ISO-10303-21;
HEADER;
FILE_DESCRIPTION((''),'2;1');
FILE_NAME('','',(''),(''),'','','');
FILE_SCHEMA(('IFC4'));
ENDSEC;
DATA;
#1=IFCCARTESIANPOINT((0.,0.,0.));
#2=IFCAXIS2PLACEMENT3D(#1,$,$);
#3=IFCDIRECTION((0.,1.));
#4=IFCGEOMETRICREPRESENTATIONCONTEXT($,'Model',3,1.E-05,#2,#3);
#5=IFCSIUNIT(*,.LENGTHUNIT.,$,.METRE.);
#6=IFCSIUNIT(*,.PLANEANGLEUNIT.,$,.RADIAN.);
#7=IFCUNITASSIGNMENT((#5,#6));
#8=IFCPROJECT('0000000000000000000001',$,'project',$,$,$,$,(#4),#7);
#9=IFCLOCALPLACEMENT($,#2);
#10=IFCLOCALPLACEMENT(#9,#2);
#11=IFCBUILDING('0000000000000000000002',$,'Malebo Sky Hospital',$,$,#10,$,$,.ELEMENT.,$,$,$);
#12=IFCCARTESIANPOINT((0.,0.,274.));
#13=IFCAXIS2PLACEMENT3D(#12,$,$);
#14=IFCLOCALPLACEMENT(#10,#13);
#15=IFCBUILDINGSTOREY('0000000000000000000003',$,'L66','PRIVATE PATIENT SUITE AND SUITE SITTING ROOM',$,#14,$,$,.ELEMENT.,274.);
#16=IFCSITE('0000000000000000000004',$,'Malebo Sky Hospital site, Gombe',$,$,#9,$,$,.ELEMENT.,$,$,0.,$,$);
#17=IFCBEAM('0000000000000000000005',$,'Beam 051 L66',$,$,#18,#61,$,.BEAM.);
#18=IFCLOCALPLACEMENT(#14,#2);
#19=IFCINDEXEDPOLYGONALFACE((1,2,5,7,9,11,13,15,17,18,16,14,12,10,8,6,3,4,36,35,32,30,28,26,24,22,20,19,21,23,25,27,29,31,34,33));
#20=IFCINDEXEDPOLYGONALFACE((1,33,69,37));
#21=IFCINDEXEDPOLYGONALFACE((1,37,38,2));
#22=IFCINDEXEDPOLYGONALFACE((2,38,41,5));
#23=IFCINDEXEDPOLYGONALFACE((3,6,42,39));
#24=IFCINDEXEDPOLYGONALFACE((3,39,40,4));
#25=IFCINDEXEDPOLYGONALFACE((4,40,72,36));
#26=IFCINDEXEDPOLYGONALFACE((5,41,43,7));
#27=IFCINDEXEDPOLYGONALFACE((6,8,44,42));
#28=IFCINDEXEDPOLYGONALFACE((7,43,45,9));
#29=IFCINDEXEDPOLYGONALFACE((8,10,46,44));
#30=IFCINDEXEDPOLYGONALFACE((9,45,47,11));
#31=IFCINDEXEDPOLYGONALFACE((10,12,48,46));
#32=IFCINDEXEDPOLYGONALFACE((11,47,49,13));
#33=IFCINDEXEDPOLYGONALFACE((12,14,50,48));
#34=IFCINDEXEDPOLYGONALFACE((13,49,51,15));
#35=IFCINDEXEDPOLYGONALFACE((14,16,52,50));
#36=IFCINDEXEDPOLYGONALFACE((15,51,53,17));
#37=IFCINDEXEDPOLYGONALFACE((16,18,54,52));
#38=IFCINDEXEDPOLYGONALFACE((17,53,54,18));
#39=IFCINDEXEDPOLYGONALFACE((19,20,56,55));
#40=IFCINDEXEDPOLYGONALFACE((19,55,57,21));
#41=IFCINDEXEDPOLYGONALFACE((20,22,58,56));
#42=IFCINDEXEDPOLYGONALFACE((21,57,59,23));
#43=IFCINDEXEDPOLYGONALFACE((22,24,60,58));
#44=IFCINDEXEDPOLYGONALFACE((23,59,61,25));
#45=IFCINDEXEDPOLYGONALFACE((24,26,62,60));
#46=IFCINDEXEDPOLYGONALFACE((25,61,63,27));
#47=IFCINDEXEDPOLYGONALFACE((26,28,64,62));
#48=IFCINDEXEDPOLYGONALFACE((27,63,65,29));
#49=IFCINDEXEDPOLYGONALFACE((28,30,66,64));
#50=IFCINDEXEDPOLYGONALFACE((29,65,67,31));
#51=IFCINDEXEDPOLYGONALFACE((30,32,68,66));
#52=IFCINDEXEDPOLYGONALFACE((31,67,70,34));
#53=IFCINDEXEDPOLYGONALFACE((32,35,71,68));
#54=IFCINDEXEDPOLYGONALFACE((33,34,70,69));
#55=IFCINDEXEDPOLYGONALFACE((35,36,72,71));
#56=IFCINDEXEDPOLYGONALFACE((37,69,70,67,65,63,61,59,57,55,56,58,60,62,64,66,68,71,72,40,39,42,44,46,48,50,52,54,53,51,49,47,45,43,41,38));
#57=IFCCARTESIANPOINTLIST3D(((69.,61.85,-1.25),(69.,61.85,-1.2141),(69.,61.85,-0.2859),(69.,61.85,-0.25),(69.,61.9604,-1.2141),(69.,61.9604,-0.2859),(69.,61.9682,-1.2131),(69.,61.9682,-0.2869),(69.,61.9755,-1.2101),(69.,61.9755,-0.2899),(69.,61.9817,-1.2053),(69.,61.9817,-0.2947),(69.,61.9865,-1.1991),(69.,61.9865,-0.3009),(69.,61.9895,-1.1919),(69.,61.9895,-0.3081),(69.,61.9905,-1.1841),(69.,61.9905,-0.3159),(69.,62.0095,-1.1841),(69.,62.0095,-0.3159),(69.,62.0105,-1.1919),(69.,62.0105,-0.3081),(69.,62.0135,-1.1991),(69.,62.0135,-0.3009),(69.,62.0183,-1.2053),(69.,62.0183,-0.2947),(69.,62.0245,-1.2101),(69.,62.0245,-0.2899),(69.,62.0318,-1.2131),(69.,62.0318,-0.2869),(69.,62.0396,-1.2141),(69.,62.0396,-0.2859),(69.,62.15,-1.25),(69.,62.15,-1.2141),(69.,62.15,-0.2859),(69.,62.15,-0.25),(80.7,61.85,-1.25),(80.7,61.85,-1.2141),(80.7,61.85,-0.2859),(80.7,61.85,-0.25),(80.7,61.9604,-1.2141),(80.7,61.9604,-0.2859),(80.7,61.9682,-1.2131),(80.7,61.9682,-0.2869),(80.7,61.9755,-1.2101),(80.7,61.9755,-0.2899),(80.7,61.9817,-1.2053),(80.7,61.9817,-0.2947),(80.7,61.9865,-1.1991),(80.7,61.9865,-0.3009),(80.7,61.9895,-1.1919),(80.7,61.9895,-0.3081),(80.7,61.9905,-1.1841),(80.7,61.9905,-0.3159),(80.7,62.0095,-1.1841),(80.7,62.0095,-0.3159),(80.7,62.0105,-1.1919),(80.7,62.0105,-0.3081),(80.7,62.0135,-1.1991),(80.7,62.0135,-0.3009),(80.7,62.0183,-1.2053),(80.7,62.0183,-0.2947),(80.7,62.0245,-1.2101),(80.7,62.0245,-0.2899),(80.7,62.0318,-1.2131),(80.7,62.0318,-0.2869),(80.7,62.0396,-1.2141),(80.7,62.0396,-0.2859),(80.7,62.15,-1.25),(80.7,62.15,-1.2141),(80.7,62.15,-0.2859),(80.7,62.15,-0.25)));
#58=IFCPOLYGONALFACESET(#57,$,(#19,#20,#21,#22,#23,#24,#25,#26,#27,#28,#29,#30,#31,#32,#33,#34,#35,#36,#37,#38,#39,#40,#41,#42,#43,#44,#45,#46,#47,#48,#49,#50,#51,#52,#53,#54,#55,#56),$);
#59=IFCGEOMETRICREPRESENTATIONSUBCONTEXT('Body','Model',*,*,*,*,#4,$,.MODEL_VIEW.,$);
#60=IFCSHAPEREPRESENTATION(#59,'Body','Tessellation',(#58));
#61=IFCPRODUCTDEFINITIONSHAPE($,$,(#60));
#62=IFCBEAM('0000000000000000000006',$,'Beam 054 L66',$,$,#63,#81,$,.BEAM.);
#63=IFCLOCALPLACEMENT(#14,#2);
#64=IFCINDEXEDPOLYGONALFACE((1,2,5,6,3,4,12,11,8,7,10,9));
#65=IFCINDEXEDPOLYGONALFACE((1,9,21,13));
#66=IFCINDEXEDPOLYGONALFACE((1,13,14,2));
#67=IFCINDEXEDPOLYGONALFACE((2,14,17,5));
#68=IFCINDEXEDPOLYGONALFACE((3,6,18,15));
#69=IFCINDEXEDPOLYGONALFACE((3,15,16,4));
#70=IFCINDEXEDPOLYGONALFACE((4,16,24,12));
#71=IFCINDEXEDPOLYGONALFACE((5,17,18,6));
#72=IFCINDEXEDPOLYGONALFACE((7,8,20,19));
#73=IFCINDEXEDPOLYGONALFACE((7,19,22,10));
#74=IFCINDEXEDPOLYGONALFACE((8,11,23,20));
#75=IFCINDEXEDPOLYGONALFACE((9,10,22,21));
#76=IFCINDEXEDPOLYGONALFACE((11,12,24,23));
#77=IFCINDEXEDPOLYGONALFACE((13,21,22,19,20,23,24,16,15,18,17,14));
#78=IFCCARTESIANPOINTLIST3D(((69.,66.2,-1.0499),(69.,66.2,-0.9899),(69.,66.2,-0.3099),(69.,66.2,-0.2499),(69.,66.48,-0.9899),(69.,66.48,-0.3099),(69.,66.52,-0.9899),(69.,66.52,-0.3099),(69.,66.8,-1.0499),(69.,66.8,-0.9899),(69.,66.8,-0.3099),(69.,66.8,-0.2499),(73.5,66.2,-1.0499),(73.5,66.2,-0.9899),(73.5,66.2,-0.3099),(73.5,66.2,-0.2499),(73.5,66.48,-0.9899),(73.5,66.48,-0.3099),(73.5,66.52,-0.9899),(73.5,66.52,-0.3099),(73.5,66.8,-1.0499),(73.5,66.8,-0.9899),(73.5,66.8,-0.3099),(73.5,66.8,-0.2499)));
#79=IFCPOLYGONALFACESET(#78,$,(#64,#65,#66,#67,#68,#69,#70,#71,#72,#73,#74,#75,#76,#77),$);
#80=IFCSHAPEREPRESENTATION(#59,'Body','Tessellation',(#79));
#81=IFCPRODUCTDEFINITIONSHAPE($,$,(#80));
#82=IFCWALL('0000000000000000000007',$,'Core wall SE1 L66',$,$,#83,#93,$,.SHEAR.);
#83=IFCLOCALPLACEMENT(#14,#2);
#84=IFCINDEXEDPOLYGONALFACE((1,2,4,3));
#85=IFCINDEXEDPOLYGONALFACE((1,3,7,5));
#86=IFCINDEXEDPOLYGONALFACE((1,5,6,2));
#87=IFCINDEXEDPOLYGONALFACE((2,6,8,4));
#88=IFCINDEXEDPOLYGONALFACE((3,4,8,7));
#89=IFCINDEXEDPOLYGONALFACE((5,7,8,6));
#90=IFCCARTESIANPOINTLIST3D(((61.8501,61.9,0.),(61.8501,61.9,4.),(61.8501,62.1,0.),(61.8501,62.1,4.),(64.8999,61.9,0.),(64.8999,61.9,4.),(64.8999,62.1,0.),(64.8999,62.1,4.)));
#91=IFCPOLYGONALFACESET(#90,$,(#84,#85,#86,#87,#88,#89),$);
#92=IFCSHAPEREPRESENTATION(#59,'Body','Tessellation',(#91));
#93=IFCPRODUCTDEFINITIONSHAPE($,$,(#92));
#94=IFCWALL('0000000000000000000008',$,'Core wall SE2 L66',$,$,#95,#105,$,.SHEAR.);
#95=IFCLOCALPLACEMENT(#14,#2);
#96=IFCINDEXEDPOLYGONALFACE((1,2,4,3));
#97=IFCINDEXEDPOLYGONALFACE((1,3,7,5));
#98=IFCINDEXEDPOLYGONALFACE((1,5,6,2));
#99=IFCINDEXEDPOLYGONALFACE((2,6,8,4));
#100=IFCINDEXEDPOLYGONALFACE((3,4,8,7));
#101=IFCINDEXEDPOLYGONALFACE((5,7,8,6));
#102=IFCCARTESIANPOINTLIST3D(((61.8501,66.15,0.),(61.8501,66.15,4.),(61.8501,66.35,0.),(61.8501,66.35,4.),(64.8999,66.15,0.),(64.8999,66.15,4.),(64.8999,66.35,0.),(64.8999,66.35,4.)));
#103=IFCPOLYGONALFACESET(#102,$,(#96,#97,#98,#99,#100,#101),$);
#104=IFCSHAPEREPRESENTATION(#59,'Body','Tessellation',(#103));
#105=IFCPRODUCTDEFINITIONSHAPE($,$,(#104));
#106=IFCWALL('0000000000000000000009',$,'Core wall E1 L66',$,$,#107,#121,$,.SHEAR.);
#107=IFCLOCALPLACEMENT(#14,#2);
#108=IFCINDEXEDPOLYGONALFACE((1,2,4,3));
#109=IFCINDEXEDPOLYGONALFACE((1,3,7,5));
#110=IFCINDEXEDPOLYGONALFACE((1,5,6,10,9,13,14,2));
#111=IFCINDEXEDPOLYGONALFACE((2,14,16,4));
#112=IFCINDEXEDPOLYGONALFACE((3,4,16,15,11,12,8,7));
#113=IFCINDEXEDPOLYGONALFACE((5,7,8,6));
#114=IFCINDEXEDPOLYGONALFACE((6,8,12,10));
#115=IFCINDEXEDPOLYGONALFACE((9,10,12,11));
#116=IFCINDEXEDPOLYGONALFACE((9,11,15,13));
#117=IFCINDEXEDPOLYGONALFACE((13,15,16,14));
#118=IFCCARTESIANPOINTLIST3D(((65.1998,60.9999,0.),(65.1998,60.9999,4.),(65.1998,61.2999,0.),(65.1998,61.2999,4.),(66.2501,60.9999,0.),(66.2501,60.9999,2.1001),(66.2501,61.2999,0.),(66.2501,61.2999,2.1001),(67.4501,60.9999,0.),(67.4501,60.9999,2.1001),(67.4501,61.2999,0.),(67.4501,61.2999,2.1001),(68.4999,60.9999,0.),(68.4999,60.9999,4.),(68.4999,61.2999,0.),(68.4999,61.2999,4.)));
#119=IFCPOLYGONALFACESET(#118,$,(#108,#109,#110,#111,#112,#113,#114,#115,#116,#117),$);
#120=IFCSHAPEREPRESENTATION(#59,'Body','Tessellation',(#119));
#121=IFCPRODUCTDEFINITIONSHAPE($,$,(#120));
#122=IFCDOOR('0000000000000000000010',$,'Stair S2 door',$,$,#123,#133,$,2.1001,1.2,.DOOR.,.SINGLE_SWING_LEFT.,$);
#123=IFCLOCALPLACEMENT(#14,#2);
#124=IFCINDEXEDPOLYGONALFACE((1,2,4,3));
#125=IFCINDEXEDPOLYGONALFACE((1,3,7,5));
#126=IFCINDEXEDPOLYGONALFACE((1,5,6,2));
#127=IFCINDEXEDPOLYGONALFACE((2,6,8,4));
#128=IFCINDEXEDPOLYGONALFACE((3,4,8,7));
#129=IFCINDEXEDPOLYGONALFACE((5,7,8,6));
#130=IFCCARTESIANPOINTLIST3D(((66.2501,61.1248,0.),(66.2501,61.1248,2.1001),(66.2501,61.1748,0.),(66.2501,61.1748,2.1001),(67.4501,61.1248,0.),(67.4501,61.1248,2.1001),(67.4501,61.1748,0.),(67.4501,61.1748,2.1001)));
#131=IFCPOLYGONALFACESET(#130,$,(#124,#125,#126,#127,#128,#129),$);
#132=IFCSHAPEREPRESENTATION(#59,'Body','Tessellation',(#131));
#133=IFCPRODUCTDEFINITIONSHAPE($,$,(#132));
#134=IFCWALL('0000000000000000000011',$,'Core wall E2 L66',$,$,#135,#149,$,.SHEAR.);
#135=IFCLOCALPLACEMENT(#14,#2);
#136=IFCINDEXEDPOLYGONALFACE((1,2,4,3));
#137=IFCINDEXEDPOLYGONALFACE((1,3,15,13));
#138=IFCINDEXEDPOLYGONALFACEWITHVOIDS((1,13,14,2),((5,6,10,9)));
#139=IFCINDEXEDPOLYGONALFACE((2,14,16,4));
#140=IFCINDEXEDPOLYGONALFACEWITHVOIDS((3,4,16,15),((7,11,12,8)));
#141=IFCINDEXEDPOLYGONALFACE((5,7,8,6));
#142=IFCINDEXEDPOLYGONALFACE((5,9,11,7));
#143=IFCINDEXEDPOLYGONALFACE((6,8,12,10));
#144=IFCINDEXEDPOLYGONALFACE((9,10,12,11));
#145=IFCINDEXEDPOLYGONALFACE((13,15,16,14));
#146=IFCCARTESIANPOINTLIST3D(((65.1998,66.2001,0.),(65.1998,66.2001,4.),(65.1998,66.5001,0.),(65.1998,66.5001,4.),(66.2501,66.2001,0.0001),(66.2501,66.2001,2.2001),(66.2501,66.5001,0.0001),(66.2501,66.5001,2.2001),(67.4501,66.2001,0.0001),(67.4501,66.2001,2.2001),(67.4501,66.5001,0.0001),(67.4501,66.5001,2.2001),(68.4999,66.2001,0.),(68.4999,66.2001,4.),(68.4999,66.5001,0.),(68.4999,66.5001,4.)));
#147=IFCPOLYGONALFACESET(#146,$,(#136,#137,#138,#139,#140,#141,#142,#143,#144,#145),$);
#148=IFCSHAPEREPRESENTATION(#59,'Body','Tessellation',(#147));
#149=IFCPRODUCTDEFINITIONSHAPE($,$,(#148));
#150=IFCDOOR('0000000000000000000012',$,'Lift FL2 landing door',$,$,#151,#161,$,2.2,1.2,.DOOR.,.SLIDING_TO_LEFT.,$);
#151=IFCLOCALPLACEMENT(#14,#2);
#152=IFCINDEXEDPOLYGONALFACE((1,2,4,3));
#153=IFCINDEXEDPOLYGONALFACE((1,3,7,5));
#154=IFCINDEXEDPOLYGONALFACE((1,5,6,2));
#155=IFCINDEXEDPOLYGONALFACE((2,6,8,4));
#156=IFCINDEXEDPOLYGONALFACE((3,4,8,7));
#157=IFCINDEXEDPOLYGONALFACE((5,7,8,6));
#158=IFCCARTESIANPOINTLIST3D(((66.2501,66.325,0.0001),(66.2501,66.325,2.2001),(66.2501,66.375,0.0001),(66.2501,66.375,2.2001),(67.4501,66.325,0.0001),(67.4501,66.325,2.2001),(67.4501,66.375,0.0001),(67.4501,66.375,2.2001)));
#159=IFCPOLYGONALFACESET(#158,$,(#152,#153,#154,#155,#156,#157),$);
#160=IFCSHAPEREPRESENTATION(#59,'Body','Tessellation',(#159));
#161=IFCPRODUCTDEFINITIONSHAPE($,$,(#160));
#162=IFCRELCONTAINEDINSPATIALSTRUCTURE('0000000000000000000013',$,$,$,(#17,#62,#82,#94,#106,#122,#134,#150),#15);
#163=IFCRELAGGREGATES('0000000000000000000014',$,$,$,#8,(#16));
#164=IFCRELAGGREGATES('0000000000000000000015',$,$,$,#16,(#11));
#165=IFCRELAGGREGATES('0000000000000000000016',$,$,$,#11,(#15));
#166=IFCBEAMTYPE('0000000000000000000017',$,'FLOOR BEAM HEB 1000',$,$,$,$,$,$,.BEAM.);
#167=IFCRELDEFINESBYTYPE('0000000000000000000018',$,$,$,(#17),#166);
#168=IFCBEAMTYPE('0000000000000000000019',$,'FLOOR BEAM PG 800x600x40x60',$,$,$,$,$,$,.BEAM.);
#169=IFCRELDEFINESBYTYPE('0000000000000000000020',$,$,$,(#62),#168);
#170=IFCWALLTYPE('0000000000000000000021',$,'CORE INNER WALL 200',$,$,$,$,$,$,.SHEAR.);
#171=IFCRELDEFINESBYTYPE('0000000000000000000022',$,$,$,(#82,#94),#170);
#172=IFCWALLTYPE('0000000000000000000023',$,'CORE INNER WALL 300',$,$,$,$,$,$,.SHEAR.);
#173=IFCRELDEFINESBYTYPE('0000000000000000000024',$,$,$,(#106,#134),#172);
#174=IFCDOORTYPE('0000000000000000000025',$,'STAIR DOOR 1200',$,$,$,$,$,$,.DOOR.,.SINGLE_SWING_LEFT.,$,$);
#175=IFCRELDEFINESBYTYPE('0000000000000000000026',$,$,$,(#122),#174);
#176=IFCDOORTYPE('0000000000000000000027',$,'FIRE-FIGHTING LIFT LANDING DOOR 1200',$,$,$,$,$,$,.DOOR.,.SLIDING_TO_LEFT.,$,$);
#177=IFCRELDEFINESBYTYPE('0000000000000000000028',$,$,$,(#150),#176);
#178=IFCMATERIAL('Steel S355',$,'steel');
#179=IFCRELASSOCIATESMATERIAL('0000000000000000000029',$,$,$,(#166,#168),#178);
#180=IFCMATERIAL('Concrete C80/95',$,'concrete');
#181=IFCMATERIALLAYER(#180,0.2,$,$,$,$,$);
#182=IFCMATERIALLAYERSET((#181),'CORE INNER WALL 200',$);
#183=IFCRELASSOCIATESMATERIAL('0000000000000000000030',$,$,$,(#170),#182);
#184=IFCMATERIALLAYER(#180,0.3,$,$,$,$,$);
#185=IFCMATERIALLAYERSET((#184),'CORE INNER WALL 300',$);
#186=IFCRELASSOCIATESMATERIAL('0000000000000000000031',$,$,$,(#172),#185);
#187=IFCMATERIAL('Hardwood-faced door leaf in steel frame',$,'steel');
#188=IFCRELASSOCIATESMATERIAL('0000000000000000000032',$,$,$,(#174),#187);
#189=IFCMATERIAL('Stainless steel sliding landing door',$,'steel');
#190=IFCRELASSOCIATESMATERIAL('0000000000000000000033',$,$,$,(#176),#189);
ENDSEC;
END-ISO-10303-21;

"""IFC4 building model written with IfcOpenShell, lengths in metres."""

from ifc_helpers import new_model, si_unit, direction, frame, frame_2d, origin, origin_2d, place, context, subcontext, project, spatial, rectangle, i_section, extrude, material, layer, layer_set, material_profile, profile_set, type_object, element, fill, save


model = new_model("IFC4")

# Units and contexts
model_context = context("Model", 3, precision=1e-05, world=origin(), true_north=direction((0.0, 1.0)))
body_context = subcontext(model_context, "Body", "Model", "MODEL_VIEW")
ifc_project = project(units=[si_unit("LENGTHUNIT", "METRE"), si_unit("PLANEANGLEUNIT", "RADIAN")], contexts=[model_context])

# Site, building, storey
site_placement = place(None, origin())
site = spatial("IfcSite", under=ifc_project, at=site_placement, Name="Malebo Sky Hospital site, Gombe", CompositionType="ELEMENT", RefElevation=0.0)
building_placement = place(site_placement, origin())
building = spatial("IfcBuilding", under=site, at=building_placement, Name="Malebo Sky Hospital", CompositionType="ELEMENT")
storey_placement = place(building_placement, frame((0.0, 0.0, 274.0)))
storey = spatial("IfcBuildingStorey", under=building, at=storey_placement, Name="L66", Description="PRIVATE PATIENT SUITE AND SUITE SITTING ROOM", CompositionType="ELEMENT", Elevation=274.0)

# Beams
ifc_material_1 = material(Name="Steel S355", Category="steel")
ifc_material_profile_1 = material_profile(ifc_material_1, i_section(OverallWidth=0.3, OverallDepth=1.0, WebThickness=0.019, FlangeThickness=0.0359, FilletRadius=0.03, at=origin_2d()), Name="HEB 1000")
ifc_profile_set_1 = profile_set([ifc_material_profile_1], Name="Steel S355")
beam_type_1 = type_object("IfcBeamType", Name="FLOOR BEAM HEB 1000", PredefinedType="BEAM", material=ifc_profile_set_1)
beam_1_placement = place(storey_placement, frame((69.0, 62.0, -0.75), z_axis=(1.0, 0.0, 0.0), x_axis=(0.0, 1.0, 0.0)))
element("IfcBeam", 1, at=beam_1_placement, inside=storey, type_object=beam_type_1, Name="Beam 051 L66", PredefinedType="BEAM", context=body_context, shape_type="SweptSolid", body=[
    extrude(i_section(OverallWidth=0.3, OverallDepth=1.0, WebThickness=0.019, FlangeThickness=0.0359, FilletRadius=0.03, at=origin_2d()), origin(), (0.0, 0.0, 1.0), 11.7),
])
ifc_material_profile_2 = material_profile(ifc_material_1, i_section(OverallWidth=0.6001, OverallDepth=0.8, WebThickness=0.04, FlangeThickness=0.0601, at=origin_2d()), Name="PG 800x600x40x60")
ifc_profile_set_2 = profile_set([ifc_material_profile_2], Name="Steel S355")
beam_type_2 = type_object("IfcBeamType", Name="FLOOR BEAM PG 800x600x40x60", PredefinedType="BEAM", material=ifc_profile_set_2)
beam_2_placement = place(storey_placement, frame((69.0, 66.5, -0.6499), z_axis=(1.0, 0.0, 0.0), x_axis=(0.0, 1.0, 0.0)))
element("IfcBeam", 2, at=beam_2_placement, inside=storey, type_object=beam_type_2, Name="Beam 054 L66", PredefinedType="BEAM", context=body_context, shape_type="SweptSolid", body=[
    extrude(i_section(OverallWidth=0.6001, OverallDepth=0.8, WebThickness=0.04, FlangeThickness=0.0601, at=origin_2d()), origin(), (0.0, 0.0, 1.0), 4.5),
])

# Walls
ifc_material_2 = material(Name="Concrete C80/95", Category="concrete")
ifc_layer_1 = layer(ifc_material_2, 0.2)
ifc_layer_set_1 = layer_set([ifc_layer_1], Name="CORE INNER WALL 200")
wall_type_1 = type_object("IfcWallType", Name="CORE INNER WALL 200", PredefinedType="SHEAR", material=ifc_layer_set_1)
for number, where, z_axis, x_axis, name in (
    (3, (61.8501, 62.0, 0.0), (0.0, 0.0, 1.0), (1.0, 0.0, 0.0), "Core wall SE1 L66"),
    (4, (61.8501, 66.25, 0.0), (0.0, 0.0, 1.0), (1.0, 0.0, 0.0), "Core wall SE2 L66"),
):
    element("IfcWall", number, at=place(storey_placement, frame(where, z_axis=z_axis, x_axis=x_axis)), inside=storey, type_object=wall_type_1, Name=name, PredefinedType="SHEAR", context=body_context, shape_type="SweptSolid", body=[
        extrude(rectangle(XDim=3.0498, YDim=0.2, at=frame_2d((1.5249, 0.0))), origin(), (0.0, 0.0, 1.0), 4.0),
    ])

# Walls, openings, doors
ifc_layer_2 = layer(ifc_material_2, 0.3)
ifc_layer_set_2 = layer_set([ifc_layer_2], Name="CORE INNER WALL 300")
wall_type_2 = type_object("IfcWallType", Name="CORE INNER WALL 300", PredefinedType="SHEAR", material=ifc_layer_set_2)
wall_1_placement = place(storey_placement, frame((65.2, 61.1499, 0.0), z_axis=(0.0, 0.0, 1.0), x_axis=(1.0, 0.0, 0.0)))
wall_1 = element("IfcWall", 5, at=wall_1_placement, inside=storey, type_object=wall_type_2, Name="Core wall E1 L66", PredefinedType="SHEAR", context=body_context, shape_type="SweptSolid", body=[
    extrude(rectangle(XDim=3.3, YDim=0.3, at=frame_2d((1.6499, 0.0))), origin(), (0.0, 0.0, 1.0), 4.0),
])
opening_1_placement = place(wall_1_placement, frame((1.05, 0.0, 0.0)))
opening_1 = element("IfcOpeningElement", 6, at=opening_1_placement, cuts=wall_1, PredefinedType="OPENING", context=body_context, shape_type="SweptSolid", body=[
    extrude(rectangle(XDim=1.2, YDim=2.1001, at=frame_2d((0.6001, 1.05))), frame((0.0, 0.1599, 0.0), z_axis=(0.0, -1.0, 0.0), x_axis=(1.0, 0.0, 0.0)), (0.0, 0.0, 1.0), 0.3201),
])
ifc_material_3 = material(Name="Hardwood-faced door leaf in steel frame", Category="steel")
door_type_1 = type_object("IfcDoorType", Name="STAIR DOOR 1200", OperationType="SINGLE_SWING_LEFT", PredefinedType="DOOR", material=ifc_material_3)
door_1_placement = place(opening_1_placement, origin())
door_1 = element("IfcDoor", 7, at=door_1_placement, inside=storey, type_object=door_type_1, Name="Stair S2 door", OperationType="SINGLE_SWING_LEFT", OverallHeight=2.1001, OverallWidth=1.2, PredefinedType="DOOR", context=body_context, shape_type="SweptSolid", body=[
    extrude(rectangle(XDim=1.2, YDim=2.1001, at=frame_2d((0.6001, 1.05))), frame((0.0, 0.0249, 0.0), z_axis=(0.0, -1.0, 0.0), x_axis=(1.0, 0.0, 0.0)), (0.0, 0.0, 1.0), 0.05),
])
fill(opening_1, door_1)
wall_2_placement = place(storey_placement, frame((65.2, 66.3501, 0.0), z_axis=(0.0, 0.0, 1.0), x_axis=(1.0, 0.0, 0.0)))
wall_2 = element("IfcWall", 8, at=wall_2_placement, inside=storey, type_object=wall_type_2, Name="Core wall E2 L66", PredefinedType="SHEAR", context=body_context, shape_type="SweptSolid", body=[
    extrude(rectangle(XDim=3.3, YDim=0.3, at=frame_2d((1.6499, 0.0))), origin(), (0.0, 0.0, 1.0), 4.0),
])
opening_2_placement = place(wall_2_placement, frame((1.05, 0.0, 0.0)))
opening_2 = element("IfcOpeningElement", 9, at=opening_2_placement, cuts=wall_2, PredefinedType="OPENING", context=body_context, shape_type="SweptSolid", body=[
    extrude(rectangle(XDim=1.2, YDim=2.2, at=frame_2d((0.6001, 1.1001))), frame((0.0, 0.1599, 0.0), z_axis=(0.0, -1.0, 0.0), x_axis=(1.0, 0.0, 0.0)), (0.0, 0.0, 1.0), 0.3201),
])
ifc_material_4 = material(Name="Stainless steel sliding landing door", Category="steel")
door_type_2 = type_object("IfcDoorType", Name="FIRE-FIGHTING LIFT LANDING DOOR 1200", OperationType="SLIDING_TO_LEFT", PredefinedType="DOOR", material=ifc_material_4)
door_2_placement = place(opening_2_placement, origin())
door_2 = element("IfcDoor", 10, at=door_2_placement, inside=storey, type_object=door_type_2, Name="Lift FL2 landing door", OperationType="SLIDING_TO_LEFT", OverallHeight=2.2, OverallWidth=1.2, PredefinedType="DOOR", context=body_context, shape_type="SweptSolid", body=[
    extrude(rectangle(XDim=1.2, YDim=2.2, at=frame_2d((0.6001, 1.1001))), frame((0.0, 0.0249, 0.0), z_axis=(0.0, -1.0, 0.0), x_axis=(1.0, 0.0, 0.0)), (0.0, 0.0, 1.0), 0.05),
])
fill(opening_2, door_2)

save(model, "model.ifc")
